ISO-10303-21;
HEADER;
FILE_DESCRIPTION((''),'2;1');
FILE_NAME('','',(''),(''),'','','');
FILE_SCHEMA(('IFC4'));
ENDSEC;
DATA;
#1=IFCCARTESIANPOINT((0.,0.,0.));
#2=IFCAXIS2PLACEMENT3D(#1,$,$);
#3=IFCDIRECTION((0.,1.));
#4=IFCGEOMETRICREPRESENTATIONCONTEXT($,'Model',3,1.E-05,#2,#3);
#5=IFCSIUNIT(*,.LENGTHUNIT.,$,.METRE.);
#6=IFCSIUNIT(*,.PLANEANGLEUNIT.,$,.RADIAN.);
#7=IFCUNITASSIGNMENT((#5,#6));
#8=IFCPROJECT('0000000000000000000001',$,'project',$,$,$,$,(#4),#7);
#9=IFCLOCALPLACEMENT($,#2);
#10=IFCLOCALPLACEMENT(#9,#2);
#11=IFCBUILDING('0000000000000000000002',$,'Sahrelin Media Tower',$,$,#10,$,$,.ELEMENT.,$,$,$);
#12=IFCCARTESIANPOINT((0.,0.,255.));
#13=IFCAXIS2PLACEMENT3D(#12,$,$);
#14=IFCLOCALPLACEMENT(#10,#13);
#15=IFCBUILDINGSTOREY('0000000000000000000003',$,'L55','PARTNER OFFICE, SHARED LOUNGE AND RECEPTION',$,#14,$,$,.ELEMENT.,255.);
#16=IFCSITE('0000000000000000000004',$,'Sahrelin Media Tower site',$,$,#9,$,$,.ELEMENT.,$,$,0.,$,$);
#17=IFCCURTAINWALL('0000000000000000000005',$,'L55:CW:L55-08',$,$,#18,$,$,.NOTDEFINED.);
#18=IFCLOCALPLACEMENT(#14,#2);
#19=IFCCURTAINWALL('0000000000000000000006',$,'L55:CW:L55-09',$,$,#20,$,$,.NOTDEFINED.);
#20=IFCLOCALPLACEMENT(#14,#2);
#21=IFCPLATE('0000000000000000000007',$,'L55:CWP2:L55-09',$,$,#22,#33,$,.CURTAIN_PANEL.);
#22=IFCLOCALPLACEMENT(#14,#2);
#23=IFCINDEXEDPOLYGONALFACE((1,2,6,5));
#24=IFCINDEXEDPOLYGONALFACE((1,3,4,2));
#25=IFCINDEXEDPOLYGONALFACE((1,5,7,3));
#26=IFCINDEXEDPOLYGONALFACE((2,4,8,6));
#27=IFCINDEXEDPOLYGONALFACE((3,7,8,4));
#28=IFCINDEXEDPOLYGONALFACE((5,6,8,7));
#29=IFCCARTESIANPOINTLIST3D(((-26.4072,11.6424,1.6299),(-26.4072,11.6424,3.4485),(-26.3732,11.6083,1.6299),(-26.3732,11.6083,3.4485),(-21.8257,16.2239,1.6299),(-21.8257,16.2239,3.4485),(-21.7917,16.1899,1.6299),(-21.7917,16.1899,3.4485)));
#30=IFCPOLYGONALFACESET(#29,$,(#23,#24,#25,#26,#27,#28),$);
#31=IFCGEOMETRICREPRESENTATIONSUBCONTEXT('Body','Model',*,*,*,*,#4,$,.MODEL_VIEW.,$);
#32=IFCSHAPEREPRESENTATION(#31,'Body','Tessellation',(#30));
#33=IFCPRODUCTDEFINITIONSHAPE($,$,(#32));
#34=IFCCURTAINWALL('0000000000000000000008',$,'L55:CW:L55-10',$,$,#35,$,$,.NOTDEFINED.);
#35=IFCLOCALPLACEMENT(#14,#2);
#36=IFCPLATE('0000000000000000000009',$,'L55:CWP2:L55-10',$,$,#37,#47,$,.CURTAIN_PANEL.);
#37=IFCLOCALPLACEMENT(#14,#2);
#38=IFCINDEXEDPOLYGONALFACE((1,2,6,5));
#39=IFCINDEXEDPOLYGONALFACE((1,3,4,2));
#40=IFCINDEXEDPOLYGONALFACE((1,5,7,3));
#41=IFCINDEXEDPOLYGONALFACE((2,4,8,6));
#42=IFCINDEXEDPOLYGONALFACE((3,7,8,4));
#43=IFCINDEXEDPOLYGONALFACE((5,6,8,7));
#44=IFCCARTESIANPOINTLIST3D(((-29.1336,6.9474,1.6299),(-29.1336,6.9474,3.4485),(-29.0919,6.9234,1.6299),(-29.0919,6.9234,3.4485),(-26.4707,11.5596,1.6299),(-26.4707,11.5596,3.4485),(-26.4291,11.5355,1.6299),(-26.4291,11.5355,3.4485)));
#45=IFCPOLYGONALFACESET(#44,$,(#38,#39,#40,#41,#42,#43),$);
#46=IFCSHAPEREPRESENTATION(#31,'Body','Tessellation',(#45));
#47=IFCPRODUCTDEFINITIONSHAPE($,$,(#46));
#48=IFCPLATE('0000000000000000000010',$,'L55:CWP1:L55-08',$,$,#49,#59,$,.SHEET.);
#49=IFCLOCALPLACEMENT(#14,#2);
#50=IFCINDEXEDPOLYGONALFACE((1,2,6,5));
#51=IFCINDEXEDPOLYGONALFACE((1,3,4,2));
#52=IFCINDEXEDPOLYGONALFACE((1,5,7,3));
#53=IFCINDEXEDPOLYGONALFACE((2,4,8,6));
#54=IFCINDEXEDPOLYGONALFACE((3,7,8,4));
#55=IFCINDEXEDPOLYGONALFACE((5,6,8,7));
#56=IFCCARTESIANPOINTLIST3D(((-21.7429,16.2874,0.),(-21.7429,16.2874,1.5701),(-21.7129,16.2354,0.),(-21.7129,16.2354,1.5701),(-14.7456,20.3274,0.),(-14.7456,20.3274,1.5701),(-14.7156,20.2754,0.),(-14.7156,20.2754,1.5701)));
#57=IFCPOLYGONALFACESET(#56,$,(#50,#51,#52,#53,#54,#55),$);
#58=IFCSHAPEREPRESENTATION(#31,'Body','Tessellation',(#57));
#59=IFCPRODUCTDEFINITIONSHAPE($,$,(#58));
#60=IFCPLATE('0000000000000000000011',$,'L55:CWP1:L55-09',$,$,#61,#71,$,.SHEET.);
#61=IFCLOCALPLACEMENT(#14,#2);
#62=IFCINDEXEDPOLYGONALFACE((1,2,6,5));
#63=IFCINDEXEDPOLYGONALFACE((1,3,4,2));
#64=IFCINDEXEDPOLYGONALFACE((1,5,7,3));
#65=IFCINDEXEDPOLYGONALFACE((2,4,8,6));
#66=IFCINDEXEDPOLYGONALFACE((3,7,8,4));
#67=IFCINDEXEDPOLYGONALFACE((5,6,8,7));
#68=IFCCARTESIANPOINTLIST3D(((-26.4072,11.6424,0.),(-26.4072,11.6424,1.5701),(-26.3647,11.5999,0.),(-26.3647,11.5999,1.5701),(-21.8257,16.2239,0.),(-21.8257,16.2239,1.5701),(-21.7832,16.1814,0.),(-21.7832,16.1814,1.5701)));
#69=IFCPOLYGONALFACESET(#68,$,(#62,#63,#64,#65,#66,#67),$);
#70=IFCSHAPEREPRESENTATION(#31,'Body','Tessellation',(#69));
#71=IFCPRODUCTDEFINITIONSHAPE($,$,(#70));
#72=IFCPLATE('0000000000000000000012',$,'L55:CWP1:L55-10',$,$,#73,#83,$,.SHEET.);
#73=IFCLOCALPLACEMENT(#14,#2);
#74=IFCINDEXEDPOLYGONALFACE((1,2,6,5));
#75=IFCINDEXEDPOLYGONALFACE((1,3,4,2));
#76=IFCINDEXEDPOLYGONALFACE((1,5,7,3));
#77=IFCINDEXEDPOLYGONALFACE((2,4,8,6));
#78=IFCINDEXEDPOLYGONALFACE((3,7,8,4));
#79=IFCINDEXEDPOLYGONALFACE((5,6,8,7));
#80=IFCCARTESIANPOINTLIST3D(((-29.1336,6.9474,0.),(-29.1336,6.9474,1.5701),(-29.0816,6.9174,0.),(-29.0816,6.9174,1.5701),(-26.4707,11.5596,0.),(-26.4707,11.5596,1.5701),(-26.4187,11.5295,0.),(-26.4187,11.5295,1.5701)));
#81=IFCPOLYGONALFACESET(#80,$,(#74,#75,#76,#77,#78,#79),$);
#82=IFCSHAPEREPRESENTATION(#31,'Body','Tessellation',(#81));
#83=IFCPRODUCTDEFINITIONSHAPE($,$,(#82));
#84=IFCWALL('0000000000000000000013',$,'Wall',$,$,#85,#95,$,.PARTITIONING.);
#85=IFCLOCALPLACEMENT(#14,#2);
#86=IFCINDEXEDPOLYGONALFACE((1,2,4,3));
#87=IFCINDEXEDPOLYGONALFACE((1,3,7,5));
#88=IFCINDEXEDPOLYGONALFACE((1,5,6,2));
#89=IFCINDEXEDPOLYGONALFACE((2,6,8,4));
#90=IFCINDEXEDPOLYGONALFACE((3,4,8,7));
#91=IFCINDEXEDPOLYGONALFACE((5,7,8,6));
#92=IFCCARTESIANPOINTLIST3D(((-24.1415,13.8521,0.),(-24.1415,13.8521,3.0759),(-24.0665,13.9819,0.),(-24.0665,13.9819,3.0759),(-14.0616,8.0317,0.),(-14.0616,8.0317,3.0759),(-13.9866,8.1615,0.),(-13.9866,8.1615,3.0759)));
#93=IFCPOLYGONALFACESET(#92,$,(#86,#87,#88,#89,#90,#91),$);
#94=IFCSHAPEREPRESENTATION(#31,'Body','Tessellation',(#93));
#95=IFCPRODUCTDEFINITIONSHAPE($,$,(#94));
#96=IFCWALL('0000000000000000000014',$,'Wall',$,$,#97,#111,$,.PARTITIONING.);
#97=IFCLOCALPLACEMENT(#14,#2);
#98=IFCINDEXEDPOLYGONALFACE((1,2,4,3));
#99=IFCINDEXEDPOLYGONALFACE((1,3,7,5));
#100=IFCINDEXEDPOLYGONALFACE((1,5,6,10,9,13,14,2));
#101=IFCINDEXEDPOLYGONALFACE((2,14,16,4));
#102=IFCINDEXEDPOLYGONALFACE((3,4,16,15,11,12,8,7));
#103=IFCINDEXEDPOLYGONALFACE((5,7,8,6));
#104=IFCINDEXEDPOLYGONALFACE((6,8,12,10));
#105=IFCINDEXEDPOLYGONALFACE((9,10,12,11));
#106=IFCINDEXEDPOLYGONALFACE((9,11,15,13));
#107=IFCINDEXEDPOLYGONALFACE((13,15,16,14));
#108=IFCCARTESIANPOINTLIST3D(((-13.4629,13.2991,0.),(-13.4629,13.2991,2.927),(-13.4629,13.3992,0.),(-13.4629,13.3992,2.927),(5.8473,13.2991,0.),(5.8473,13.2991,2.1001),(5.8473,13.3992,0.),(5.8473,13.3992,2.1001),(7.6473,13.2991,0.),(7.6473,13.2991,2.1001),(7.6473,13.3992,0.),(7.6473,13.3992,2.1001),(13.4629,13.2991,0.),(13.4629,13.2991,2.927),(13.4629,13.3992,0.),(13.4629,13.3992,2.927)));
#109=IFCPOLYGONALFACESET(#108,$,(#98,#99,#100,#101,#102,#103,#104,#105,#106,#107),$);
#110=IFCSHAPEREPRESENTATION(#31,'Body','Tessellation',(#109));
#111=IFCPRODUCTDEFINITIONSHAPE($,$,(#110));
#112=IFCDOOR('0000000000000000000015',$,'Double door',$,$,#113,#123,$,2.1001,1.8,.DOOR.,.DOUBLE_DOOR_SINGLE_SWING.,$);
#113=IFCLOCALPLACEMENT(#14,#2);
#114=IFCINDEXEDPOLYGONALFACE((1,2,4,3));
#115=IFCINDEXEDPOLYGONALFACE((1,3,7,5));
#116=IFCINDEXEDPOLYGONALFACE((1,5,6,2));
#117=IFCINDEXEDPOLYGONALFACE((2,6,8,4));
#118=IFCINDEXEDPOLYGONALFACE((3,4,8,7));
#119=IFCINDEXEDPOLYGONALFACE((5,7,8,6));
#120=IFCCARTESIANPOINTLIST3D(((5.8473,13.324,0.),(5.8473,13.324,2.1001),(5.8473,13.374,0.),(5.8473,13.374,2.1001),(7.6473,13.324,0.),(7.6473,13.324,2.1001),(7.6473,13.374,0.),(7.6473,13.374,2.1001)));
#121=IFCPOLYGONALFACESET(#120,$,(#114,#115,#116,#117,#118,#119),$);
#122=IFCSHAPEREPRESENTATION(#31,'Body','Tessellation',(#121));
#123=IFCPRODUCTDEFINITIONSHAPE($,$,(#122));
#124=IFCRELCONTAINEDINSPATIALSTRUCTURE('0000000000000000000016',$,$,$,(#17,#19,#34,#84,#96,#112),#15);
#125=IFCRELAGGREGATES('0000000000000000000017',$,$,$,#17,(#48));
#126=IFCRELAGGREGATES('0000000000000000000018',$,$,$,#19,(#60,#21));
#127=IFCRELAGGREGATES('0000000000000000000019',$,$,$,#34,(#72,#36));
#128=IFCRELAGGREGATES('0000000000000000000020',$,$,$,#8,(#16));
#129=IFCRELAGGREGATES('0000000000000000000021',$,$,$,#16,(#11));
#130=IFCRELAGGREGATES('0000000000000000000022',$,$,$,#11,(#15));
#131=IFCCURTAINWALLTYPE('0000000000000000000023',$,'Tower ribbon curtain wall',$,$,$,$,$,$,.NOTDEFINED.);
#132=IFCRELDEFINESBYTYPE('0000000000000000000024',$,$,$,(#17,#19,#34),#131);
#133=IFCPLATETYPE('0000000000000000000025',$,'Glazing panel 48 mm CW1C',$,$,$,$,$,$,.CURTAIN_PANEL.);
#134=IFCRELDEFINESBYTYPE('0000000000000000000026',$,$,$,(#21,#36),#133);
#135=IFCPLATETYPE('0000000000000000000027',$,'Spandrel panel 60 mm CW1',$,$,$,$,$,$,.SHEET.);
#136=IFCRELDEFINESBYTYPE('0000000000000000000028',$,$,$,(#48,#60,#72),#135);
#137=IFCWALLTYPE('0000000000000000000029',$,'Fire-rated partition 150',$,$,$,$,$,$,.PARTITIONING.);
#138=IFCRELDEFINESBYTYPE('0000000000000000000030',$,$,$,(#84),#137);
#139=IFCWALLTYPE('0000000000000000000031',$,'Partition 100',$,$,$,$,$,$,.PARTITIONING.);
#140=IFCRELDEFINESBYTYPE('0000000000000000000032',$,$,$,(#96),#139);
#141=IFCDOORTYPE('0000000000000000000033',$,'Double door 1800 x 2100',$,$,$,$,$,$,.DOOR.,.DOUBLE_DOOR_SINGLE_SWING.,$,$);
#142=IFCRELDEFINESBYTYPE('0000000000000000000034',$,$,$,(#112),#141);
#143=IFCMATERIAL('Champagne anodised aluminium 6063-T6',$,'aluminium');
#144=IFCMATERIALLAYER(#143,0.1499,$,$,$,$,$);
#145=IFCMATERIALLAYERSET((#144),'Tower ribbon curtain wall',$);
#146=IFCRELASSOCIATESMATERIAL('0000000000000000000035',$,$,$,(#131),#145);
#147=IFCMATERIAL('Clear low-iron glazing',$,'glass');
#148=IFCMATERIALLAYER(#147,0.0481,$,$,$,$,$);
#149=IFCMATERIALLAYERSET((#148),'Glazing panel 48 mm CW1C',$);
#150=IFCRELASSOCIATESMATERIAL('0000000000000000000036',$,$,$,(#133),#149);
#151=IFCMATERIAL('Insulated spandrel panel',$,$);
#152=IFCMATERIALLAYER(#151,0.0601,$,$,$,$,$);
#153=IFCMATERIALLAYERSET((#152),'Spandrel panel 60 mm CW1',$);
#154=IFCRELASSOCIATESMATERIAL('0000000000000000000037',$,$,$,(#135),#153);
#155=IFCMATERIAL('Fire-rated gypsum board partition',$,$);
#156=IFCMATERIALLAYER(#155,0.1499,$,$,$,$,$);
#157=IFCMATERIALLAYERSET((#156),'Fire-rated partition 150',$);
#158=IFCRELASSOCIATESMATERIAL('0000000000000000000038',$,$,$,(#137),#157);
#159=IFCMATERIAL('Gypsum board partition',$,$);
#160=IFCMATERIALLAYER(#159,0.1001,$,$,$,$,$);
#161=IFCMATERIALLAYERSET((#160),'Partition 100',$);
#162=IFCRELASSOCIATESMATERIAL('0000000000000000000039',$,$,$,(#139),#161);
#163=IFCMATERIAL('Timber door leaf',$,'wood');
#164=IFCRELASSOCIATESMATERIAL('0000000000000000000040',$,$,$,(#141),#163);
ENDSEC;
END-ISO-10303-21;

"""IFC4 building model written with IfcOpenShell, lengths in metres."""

from ifc_helpers import new_model, si_unit, direction, frame, frame_2d, origin, place, context, subcontext, project, spatial, polyline, rectangle, outline, extrude, material, layer, layer_set, type_object, element, fill, aggregate, save


model = new_model("IFC4")

# Units and contexts
model_context = context("Model", 3, precision=1e-05, world=origin(), true_north=direction((0.0, 1.0)))
body_context = subcontext(model_context, "Body", "Model", "MODEL_VIEW")
ifc_project = project(units=[si_unit("LENGTHUNIT", "METRE"), si_unit("PLANEANGLEUNIT", "RADIAN")], contexts=[model_context])

# Site, building, storey
site_placement = place(None, origin())
site = spatial("IfcSite", under=ifc_project, at=site_placement, Name="Sahrelin Media Tower site", CompositionType="ELEMENT", RefElevation=0.0)
building_placement = place(site_placement, origin())
building = spatial("IfcBuilding", under=site, at=building_placement, Name="Sahrelin Media Tower", CompositionType="ELEMENT")
storey_placement = place(building_placement, frame((0.0, 0.0, 255.0)))
storey = spatial("IfcBuildingStorey", under=building, at=storey_placement, Name="L55", Description="PARTNER OFFICE, SHARED LOUNGE AND RECEPTION", CompositionType="ELEMENT", Elevation=255.0)

# Curtain walls
ifc_material_1 = material(Name="Champagne anodised aluminium 6063-T6", Category="aluminium")
ifc_layer_1 = layer(ifc_material_1, 0.1499)
ifc_layer_set_1 = layer_set([ifc_layer_1], Name="Tower ribbon curtain wall")
curtain_wall_type = type_object("IfcCurtainWallType", Name="Tower ribbon curtain wall", PredefinedType="NOTDEFINED", material=ifc_layer_set_1)
curtain_wall_1_placement = place(storey_placement, frame((-18.2344, 18.29, 0.0), z_axis=(0.0, 0.0, 1.0), x_axis=(1.0, 0.0, 0.0)))
curtain_wall_1 = element("IfcCurtainWall", 1, at=curtain_wall_1_placement, inside=storey, type_object=curtain_wall_type, Name="L55:CW:L55-08", PredefinedType="NOTDEFINED")
curtain_wall_2_placement = place(storey_placement, frame((-24.1023, 13.9189, 0.0), z_axis=(0.0, 0.0, 1.0), x_axis=(1.0, 0.0, 0.0)))
curtain_wall_2 = element("IfcCurtainWall", 2, at=curtain_wall_2_placement, inside=storey, type_object=curtain_wall_type, Name="L55:CW:L55-09", PredefinedType="NOTDEFINED")

# Plate
ifc_material_2 = material(Name="Clear low-iron glazing", Category="glass")
ifc_layer_2 = layer(ifc_material_2, 0.0481)
ifc_layer_set_2 = layer_set([ifc_layer_2], Name="Glazing panel 48 mm CW1C")
plate_type_1 = type_object("IfcPlateType", Name="Glazing panel 48 mm CW1C", PredefinedType="CURTAIN_PANEL", material=ifc_layer_set_2)
plate_1_placement = place(storey_placement, frame((-21.8257, 16.2239, 1.6299), z_axis=(-0.707107, 0.707107, 0.0), x_axis=(-0.707107, -0.707107, 0.0)))
plate_1 = element("IfcPlate", 3, at=plate_1_placement, type_object=plate_type_1, Name="L55:CWP2:L55-09", PredefinedType="CURTAIN_PANEL", context=body_context, shape_type="SweptSolid", body=[
    extrude(outline(polyline([(0.0, 0.0), (6.4792, 0.0), (6.4792, 1.8186), (0.0, 1.8186), (0.0, 0.0)])), origin(), (0.0, 0.0, -1.0), 0.0481),
])

# Curtain wall, plate
curtain_wall_3_placement = place(storey_placement, frame((-27.7849, 9.2434, 0.0), z_axis=(0.0, 0.0, 1.0), x_axis=(1.0, 0.0, 0.0)))
curtain_wall_3 = element("IfcCurtainWall", 4, at=curtain_wall_3_placement, inside=storey, type_object=curtain_wall_type, Name="L55:CW:L55-10", PredefinedType="NOTDEFINED")
plate_2_placement = place(storey_placement, frame((-26.4707, 11.5596, 1.6299), z_axis=(-0.86602, 0.500009, 0.0), x_axis=(-0.500009, -0.86602, 0.0)))
plate_2 = element("IfcPlate", 5, at=plate_2_placement, type_object=plate_type_1, Name="L55:CWP2:L55-10", PredefinedType="CURTAIN_PANEL", context=body_context, shape_type="SweptSolid", body=[
    extrude(outline(polyline([(0.0, 0.0), (5.3257, 0.0), (5.3257, 1.8186), (0.0, 1.8186), (0.0, 0.0)])), origin(), (0.0, 0.0, -1.0), 0.0481),
])

# Plates
ifc_material_3 = material(Name="Insulated spandrel panel")
ifc_layer_3 = layer(ifc_material_3, 0.0601)
ifc_layer_set_3 = layer_set([ifc_layer_3], Name="Spandrel panel 60 mm CW1")
plate_type_2 = type_object("IfcPlateType", Name="Spandrel panel 60 mm CW1", PredefinedType="SHEET", material=ifc_layer_set_3)
plate_3_placement = place(storey_placement, frame((-14.7456, 20.3274, 0.0), z_axis=(-0.500013, 0.866018, 0.0), x_axis=(-0.866018, -0.500013, 0.0)))
plate_3 = element("IfcPlate", 6, at=plate_3_placement, type_object=plate_type_2, Name="L55:CWP1:L55-08", PredefinedType="SHEET", context=body_context, shape_type="SweptSolid", body=[
    extrude(outline(polyline([(0.0, 0.0), (8.0798, 0.0), (8.0798, 1.5701), (0.0, 1.5701), (0.0, 0.0)])), origin(), (0.0, 0.0, -1.0), 0.0601),
])
aggregate(curtain_wall_1, [plate_3])
plate_4_placement = place(storey_placement, frame((-21.8257, 16.2239, 0.0), z_axis=(-0.707107, 0.707107, 0.0), x_axis=(-0.707107, -0.707107, 0.0)))
plate_4 = element("IfcPlate", 7, at=plate_4_placement, type_object=plate_type_2, Name="L55:CWP1:L55-09", PredefinedType="SHEET", context=body_context, shape_type="SweptSolid", body=[
    extrude(outline(polyline([(0.0, 0.0), (6.4792, 0.0), (6.4792, 1.5701), (0.0, 1.5701), (0.0, 0.0)])), origin(), (0.0, 0.0, -1.0), 0.0601),
])
aggregate(curtain_wall_2, [plate_4, plate_1])
plate_5_placement = place(storey_placement, frame((-26.4707, 11.5596, 0.0), z_axis=(-0.86602, 0.500009, 0.0), x_axis=(-0.500009, -0.86602, 0.0)))
plate_5 = element("IfcPlate", 8, at=plate_5_placement, type_object=plate_type_2, Name="L55:CWP1:L55-10", PredefinedType="SHEET", context=body_context, shape_type="SweptSolid", body=[
    extrude(outline(polyline([(0.0, 0.0), (5.3257, 0.0), (5.3257, 1.5701), (0.0, 1.5701), (0.0, 0.0)])), origin(), (0.0, 0.0, -1.0), 0.0601),
])
aggregate(curtain_wall_3, [plate_5, plate_2])

# Wall
ifc_material_4 = material(Name="Fire-rated gypsum board partition")
ifc_layer_4 = layer(ifc_material_4, 0.1499)
ifc_layer_set_4 = layer_set([ifc_layer_4], Name="Fire-rated partition 150")
wall_type_1 = type_object("IfcWallType", Name="Fire-rated partition 150", PredefinedType="PARTITIONING", material=ifc_layer_set_4)
wall_1_placement = place(storey_placement, frame((-24.104, 13.917, 0.0), z_axis=(0.0, 0.0, 1.0), x_axis=(0.865999, -0.500046, 0.0)))
element("IfcWall", 9, at=wall_1_placement, inside=storey, type_object=wall_type_1, Name="Wall", PredefinedType="PARTITIONING", context=body_context, shape_type="SweptSolid", body=[
    extrude(rectangle(XDim=11.6396, YDim=0.1499, at=frame_2d((5.8198, 0.0))), origin(), (0.0, 0.0, 1.0), 3.0759),
])

# Wall, opening, door
ifc_material_5 = material(Name="Gypsum board partition")
ifc_layer_5 = layer(ifc_material_5, 0.1001)
ifc_layer_set_5 = layer_set([ifc_layer_5], Name="Partition 100")
wall_type_2 = type_object("IfcWallType", Name="Partition 100", PredefinedType="PARTITIONING", material=ifc_layer_set_5)
wall_2_placement = place(storey_placement, frame((-13.4629, 13.3491, 0.0), z_axis=(0.0, 0.0, 1.0), x_axis=(1.0, 0.0, 0.0)))
wall_2 = element("IfcWall", 10, at=wall_2_placement, inside=storey, type_object=wall_type_2, Name="Wall", PredefinedType="PARTITIONING", context=body_context, shape_type="SweptSolid", body=[
    extrude(rectangle(XDim=26.9258, YDim=0.1001, at=frame_2d((13.4629, 0.0))), origin(), (0.0, 0.0, 1.0), 2.927),
])
opening_placement = place(wall_2_placement, frame((19.3103, 0.0, 0.0)))
opening = element("IfcOpeningElement", 11, at=opening_placement, cuts=wall_2, PredefinedType="OPENING", context=body_context, shape_type="SweptSolid", body=[
    extrude(rectangle(XDim=1.8, YDim=2.1001, at=frame_2d((0.8999, 1.05))), frame((0.0, 0.05, 0.0), z_axis=(0.0, -1.0, 0.0), x_axis=(1.0, 0.0, 0.0)), (0.0, 0.0, 1.0), 0.1001),
])
ifc_material_6 = material(Name="Timber door leaf", Category="wood")
door_type = type_object("IfcDoorType", Name="Double door 1800 x 2100", OperationType="DOUBLE_DOOR_SINGLE_SWING", PredefinedType="DOOR", material=ifc_material_6)
door_placement = place(opening_placement, origin())
door = element("IfcDoor", 12, at=door_placement, inside=storey, type_object=door_type, Name="Double door", OperationType="DOUBLE_DOOR_SINGLE_SWING", OverallHeight=2.1001, OverallWidth=1.8, PredefinedType="DOOR", context=body_context, shape_type="SweptSolid", body=[
    extrude(rectangle(XDim=1.8, YDim=2.1001, at=frame_2d((0.8999, 1.05))), frame((0.0, 0.0249, 0.0), z_axis=(0.0, -1.0, 0.0), x_axis=(1.0, 0.0, 0.0)), (0.0, 0.0, 1.0), 0.05),
])
fill(opening, door)

save(model, "model.ifc")
